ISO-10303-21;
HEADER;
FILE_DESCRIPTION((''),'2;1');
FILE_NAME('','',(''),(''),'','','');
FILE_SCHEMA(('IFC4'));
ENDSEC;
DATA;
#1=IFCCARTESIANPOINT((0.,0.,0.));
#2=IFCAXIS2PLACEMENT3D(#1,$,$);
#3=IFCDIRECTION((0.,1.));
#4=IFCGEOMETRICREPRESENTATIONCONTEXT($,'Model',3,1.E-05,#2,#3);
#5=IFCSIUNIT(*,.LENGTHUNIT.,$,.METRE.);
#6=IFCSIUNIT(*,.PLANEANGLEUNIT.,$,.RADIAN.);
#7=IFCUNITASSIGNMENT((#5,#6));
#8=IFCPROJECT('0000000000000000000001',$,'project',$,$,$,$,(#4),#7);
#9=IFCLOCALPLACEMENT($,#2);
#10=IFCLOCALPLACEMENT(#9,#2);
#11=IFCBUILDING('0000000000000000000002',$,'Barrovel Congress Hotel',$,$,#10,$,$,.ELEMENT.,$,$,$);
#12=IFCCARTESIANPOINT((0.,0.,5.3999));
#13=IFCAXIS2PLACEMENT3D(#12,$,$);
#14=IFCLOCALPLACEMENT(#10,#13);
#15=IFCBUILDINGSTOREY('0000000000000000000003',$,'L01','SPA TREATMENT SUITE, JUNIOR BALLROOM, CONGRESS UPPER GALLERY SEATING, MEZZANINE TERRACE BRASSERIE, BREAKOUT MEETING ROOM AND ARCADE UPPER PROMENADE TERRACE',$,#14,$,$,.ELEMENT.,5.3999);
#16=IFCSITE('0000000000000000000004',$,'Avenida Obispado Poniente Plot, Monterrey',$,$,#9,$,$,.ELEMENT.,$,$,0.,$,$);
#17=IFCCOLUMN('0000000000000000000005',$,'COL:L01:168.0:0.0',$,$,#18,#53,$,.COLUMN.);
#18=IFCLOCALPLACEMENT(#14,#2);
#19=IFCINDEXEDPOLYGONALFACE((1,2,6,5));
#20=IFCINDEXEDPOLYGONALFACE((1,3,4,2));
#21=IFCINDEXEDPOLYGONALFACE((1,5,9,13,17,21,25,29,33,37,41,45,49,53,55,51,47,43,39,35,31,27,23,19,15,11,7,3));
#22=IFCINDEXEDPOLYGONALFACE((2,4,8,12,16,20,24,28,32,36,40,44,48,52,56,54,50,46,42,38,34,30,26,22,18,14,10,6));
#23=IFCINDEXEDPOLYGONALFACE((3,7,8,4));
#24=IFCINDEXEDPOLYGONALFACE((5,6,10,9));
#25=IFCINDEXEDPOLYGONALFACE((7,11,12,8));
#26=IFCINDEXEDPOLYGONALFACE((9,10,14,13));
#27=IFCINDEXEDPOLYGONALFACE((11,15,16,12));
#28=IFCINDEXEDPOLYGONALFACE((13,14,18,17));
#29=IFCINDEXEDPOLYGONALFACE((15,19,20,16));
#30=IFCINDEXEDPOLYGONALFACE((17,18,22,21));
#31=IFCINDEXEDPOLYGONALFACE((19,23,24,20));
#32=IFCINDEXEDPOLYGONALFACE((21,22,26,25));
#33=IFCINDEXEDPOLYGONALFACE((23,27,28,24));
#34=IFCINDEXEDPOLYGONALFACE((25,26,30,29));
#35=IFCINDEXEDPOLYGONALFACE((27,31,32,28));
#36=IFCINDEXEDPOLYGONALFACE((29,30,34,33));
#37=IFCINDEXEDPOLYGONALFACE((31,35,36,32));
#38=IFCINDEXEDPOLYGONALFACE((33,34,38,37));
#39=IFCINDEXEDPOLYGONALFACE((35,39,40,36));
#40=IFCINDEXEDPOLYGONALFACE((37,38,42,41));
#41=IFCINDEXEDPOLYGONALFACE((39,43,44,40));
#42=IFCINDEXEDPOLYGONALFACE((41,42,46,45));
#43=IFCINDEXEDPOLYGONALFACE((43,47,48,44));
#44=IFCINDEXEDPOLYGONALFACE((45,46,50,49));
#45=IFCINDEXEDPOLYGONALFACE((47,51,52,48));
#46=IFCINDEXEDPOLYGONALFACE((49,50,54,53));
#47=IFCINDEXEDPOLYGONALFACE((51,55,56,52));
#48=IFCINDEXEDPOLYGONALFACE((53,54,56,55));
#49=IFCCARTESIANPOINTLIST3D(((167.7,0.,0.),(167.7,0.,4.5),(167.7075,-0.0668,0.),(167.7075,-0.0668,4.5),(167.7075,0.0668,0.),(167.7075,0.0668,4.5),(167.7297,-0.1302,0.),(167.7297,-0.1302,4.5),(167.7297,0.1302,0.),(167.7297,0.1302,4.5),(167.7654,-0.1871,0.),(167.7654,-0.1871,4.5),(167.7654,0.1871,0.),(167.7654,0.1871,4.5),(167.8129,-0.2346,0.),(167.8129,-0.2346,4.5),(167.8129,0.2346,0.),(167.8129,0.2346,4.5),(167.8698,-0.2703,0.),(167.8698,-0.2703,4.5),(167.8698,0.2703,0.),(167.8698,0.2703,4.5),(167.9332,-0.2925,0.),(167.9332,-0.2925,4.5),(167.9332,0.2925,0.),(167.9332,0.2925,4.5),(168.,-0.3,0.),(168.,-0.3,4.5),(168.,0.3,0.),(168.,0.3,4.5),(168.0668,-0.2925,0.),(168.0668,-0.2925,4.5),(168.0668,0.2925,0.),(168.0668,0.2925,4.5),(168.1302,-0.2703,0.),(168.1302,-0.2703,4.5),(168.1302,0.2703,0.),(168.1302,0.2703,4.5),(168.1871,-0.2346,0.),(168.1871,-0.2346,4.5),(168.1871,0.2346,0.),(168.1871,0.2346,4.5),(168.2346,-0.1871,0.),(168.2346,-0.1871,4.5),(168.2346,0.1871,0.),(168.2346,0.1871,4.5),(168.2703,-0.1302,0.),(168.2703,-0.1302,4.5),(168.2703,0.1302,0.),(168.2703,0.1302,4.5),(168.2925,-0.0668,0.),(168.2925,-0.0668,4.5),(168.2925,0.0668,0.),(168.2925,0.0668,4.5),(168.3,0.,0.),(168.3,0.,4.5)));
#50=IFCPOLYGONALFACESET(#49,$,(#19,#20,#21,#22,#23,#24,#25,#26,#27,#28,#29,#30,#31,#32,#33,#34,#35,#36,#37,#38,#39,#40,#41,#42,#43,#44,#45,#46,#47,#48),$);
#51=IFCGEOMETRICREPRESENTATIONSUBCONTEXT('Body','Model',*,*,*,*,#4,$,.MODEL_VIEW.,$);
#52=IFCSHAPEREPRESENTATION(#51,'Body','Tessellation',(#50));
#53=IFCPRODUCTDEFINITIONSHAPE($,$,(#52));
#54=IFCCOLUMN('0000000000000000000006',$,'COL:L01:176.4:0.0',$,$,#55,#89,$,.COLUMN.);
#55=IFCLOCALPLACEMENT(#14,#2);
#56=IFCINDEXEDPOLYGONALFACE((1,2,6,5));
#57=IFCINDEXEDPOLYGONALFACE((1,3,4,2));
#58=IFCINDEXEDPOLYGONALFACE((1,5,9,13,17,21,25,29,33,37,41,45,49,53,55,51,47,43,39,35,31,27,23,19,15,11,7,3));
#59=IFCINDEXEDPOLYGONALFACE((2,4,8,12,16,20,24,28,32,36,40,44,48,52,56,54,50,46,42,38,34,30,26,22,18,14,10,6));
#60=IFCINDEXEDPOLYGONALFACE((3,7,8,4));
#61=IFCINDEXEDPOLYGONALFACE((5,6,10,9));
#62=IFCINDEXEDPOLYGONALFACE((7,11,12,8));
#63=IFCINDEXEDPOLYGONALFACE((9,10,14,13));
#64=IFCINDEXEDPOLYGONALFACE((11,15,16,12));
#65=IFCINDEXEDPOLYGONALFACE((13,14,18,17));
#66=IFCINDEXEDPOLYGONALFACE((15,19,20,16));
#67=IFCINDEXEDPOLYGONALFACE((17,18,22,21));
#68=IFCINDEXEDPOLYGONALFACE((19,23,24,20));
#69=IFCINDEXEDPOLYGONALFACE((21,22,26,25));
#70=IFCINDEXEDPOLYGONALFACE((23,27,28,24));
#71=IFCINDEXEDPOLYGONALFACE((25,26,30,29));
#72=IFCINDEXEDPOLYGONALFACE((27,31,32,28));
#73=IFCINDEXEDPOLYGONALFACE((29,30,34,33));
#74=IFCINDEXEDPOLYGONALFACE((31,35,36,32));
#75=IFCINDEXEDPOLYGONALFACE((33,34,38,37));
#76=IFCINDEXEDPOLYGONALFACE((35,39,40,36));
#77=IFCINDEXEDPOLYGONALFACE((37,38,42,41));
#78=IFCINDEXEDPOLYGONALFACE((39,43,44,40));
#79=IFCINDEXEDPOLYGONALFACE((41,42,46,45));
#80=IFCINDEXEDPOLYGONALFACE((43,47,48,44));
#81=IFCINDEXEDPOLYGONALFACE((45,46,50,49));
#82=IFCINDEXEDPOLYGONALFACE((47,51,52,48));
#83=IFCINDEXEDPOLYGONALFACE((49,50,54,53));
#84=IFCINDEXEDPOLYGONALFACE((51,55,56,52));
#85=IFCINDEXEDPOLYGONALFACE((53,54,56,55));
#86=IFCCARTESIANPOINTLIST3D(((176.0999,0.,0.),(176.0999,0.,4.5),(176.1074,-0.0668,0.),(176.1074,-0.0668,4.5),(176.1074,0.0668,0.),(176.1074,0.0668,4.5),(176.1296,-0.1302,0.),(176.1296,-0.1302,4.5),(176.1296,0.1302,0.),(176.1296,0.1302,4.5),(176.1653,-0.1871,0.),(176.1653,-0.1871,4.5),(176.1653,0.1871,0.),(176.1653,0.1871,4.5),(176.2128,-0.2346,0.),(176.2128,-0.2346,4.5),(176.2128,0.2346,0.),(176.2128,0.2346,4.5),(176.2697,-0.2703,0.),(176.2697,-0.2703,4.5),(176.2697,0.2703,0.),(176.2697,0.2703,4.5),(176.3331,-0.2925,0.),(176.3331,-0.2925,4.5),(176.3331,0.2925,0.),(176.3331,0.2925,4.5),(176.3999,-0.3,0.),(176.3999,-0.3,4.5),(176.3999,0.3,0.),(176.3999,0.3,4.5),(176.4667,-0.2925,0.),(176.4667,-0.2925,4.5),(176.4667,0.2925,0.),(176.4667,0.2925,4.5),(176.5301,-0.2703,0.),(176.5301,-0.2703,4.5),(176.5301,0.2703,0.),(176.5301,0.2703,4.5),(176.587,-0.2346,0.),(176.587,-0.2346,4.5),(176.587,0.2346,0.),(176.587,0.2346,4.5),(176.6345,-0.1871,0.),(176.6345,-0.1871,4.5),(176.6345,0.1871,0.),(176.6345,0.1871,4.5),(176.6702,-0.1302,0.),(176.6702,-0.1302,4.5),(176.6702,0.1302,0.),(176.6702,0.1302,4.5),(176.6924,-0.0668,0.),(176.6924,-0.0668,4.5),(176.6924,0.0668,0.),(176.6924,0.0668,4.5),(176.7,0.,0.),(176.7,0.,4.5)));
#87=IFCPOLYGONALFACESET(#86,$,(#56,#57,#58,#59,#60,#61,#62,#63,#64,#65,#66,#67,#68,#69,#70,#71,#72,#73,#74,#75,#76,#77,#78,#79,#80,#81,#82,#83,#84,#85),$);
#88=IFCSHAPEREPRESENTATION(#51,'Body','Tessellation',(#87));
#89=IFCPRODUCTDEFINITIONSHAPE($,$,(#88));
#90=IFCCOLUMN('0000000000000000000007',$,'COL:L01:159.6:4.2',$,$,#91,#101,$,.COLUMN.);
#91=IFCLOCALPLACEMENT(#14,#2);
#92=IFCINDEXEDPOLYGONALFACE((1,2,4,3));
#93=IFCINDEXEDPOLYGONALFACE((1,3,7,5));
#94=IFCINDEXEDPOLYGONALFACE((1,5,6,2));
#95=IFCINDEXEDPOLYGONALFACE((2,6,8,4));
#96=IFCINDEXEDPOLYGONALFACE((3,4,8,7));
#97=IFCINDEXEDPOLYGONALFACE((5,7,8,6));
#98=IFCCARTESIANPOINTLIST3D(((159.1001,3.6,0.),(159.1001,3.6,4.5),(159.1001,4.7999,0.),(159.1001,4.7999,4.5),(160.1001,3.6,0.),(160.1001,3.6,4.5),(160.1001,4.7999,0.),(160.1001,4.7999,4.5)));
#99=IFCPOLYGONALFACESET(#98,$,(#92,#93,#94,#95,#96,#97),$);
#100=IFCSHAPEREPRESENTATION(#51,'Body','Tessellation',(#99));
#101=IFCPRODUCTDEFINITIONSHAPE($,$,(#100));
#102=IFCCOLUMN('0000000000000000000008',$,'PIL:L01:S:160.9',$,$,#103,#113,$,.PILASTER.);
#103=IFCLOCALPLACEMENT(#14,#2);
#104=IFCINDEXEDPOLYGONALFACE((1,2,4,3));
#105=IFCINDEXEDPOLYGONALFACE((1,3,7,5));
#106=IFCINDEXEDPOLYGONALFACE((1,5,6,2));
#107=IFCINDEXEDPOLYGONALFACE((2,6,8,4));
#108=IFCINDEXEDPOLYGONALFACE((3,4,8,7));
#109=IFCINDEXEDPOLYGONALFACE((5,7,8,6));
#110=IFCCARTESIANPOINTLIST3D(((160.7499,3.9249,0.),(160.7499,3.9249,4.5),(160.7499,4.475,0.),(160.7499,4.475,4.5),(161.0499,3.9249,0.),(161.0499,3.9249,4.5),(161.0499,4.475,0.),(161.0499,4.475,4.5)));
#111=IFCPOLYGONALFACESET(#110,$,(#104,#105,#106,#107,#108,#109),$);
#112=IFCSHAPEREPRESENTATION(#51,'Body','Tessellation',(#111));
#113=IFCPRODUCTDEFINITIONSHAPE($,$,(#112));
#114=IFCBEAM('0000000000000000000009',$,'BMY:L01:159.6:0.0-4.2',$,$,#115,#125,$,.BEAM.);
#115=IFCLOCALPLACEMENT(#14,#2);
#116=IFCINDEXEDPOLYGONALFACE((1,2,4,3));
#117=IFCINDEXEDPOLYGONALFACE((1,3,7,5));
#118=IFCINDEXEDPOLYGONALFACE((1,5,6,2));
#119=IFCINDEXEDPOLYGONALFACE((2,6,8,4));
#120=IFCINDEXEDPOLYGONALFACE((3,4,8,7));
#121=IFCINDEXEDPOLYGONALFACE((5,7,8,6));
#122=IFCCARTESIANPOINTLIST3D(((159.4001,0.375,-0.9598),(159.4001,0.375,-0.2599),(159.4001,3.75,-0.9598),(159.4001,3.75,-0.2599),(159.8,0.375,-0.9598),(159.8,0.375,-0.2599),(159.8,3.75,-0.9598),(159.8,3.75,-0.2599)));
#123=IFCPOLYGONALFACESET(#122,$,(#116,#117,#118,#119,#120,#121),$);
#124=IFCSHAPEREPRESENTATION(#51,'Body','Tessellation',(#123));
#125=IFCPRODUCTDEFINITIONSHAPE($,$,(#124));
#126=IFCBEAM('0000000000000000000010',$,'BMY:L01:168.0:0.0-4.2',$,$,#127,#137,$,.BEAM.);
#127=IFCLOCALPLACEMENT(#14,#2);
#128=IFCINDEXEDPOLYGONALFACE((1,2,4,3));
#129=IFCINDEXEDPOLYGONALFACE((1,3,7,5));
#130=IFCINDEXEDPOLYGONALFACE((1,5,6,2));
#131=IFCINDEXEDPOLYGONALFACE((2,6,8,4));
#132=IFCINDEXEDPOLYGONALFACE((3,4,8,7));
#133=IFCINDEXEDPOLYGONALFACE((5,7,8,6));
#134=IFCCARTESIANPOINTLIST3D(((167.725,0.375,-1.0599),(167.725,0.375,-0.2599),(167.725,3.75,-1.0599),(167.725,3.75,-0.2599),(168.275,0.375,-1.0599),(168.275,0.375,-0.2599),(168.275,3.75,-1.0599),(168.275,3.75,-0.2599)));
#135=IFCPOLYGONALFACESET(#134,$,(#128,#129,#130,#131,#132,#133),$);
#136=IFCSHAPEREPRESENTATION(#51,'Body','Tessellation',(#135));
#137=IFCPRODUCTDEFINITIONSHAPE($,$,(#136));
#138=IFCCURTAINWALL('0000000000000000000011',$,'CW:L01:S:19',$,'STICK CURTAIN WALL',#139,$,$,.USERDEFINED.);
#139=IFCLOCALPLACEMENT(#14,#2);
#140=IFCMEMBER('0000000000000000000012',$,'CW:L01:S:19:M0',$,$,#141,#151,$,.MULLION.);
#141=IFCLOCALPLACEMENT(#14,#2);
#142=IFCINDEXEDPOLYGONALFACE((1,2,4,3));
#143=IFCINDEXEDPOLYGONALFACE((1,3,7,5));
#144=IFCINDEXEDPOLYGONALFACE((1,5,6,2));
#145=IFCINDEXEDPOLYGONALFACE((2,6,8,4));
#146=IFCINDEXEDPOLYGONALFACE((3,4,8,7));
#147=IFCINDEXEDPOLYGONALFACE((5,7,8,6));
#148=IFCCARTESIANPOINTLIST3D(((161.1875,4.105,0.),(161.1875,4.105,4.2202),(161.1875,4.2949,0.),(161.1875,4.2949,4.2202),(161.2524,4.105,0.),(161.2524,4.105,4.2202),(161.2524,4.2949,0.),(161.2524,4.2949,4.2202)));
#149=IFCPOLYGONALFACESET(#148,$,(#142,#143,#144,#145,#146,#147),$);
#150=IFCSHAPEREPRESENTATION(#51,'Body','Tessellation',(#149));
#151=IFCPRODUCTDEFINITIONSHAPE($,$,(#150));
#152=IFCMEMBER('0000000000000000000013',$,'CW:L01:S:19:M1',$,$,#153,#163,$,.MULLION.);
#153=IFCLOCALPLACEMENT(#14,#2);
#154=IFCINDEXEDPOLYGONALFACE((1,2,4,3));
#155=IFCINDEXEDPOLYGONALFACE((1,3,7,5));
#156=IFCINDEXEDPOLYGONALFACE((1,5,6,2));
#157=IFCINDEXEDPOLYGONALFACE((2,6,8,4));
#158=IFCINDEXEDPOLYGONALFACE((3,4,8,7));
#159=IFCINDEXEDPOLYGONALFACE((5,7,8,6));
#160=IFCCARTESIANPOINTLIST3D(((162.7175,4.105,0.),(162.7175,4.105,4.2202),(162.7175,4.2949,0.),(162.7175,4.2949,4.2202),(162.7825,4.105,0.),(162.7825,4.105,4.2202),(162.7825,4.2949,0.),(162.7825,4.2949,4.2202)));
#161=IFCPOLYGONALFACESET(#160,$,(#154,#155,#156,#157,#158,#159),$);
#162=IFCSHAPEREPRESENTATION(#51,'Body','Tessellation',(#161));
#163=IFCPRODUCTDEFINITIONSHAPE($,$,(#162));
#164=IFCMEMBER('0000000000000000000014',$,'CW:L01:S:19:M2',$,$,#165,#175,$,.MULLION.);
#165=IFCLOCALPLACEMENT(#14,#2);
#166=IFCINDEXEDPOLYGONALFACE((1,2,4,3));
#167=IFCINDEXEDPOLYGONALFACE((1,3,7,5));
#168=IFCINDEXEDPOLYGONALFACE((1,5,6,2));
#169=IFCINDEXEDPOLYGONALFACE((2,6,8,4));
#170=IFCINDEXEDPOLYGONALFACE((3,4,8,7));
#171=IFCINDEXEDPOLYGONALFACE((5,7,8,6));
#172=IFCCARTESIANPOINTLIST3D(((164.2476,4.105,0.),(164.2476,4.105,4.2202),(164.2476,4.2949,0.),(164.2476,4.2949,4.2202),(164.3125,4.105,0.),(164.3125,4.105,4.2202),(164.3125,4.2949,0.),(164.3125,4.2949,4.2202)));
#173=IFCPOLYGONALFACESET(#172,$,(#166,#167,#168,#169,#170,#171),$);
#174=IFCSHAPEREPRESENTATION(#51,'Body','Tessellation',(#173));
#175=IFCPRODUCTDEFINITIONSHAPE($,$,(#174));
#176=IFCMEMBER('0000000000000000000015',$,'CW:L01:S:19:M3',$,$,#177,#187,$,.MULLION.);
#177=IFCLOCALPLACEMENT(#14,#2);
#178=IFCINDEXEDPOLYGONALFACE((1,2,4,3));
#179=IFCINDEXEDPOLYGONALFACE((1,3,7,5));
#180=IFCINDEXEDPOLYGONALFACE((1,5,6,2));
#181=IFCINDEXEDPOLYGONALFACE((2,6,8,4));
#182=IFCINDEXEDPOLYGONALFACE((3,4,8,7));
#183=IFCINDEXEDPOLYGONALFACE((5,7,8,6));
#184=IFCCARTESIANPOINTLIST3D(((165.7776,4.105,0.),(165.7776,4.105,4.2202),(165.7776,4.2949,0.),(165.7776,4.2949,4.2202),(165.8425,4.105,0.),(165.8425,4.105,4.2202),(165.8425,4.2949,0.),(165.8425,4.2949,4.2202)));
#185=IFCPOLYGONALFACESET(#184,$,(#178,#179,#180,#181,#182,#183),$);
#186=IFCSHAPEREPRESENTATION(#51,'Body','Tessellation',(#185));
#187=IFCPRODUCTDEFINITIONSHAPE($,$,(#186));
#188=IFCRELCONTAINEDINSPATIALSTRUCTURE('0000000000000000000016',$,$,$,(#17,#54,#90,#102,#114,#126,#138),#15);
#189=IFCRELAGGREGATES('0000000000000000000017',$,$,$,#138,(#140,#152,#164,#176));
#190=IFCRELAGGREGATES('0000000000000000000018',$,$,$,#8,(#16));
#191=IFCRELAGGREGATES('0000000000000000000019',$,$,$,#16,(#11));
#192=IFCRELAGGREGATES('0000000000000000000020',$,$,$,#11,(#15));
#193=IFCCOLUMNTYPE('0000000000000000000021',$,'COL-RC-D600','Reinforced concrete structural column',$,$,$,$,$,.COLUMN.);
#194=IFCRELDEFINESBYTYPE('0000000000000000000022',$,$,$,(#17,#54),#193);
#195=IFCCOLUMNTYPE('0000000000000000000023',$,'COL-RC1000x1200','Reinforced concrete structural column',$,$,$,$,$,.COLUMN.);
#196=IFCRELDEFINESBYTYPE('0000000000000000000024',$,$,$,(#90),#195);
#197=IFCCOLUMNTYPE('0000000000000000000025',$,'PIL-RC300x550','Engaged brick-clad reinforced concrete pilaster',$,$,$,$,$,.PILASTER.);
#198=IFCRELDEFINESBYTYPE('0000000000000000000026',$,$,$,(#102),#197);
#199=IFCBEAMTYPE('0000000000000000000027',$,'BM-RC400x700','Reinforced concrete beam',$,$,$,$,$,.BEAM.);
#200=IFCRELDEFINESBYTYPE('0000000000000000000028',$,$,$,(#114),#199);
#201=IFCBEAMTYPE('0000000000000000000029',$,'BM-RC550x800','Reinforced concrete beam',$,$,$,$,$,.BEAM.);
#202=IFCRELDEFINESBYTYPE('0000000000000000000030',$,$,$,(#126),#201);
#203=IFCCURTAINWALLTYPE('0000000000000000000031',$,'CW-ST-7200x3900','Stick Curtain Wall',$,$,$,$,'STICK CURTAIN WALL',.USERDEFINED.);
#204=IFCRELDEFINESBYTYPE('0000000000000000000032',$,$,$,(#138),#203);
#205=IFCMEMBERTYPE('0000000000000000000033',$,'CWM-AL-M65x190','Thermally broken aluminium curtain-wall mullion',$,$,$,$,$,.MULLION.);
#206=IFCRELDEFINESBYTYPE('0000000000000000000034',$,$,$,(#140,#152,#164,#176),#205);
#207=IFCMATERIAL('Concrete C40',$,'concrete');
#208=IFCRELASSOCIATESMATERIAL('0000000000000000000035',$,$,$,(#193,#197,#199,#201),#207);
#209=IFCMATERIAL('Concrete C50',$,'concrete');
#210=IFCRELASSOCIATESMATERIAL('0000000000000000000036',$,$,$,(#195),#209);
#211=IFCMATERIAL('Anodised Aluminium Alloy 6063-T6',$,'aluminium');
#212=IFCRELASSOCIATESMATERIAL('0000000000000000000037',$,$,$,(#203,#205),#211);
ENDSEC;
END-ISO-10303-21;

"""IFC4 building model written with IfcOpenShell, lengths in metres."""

from ifc_helpers import new_model, si_unit, direction, frame, origin, origin_2d, place, context, subcontext, project, spatial, rectangle, circle, extrude, material, material_profile, profile_set, type_object, element, aggregate, save


model = new_model("IFC4")

# Units and contexts
model_context = context("Model", 3, precision=1e-05, world=origin(), true_north=direction((0.0, 1.0)))
body_context = subcontext(model_context, "Body", "Model", "MODEL_VIEW")
ifc_project = project(units=[si_unit("LENGTHUNIT", "METRE"), si_unit("PLANEANGLEUNIT", "RADIAN")], contexts=[model_context])

# Site, building, storey
site_placement = place(None, origin())
site = spatial("IfcSite", under=ifc_project, at=site_placement, Name="Avenida Obispado Poniente Plot, Monterrey", CompositionType="ELEMENT", RefElevation=0.0)
building_placement = place(site_placement, origin())
building = spatial("IfcBuilding", under=site, at=building_placement, Name="Barrovel Congress Hotel", CompositionType="ELEMENT")
storey_placement = place(building_placement, frame((0.0, 0.0, 5.3999)))
storey = spatial("IfcBuildingStorey", under=building, at=storey_placement, Name="L01", Description="SPA TREATMENT SUITE, JUNIOR BALLROOM, CONGRESS UPPER GALLERY SEATING, MEZZANINE TERRACE BRASSERIE, BREAKOUT MEETING ROOM AND ARCADE UPPER PROMENADE TERRACE", CompositionType="ELEMENT", Elevation=5.3999)

# Columns
ifc_material_1 = material(Name="Concrete C40", Category="concrete")
ifc_material_profile_1 = material_profile(ifc_material_1, circle(Radius=0.3, at=origin_2d()), Name="RC-D600")
ifc_profile_set_1 = profile_set([ifc_material_profile_1], Name="Concrete C40")
column_type_1 = type_object("IfcColumnType", Name="COL-RC-D600", Description="Reinforced concrete structural column", PredefinedType="COLUMN", material=ifc_profile_set_1)
for number, where, z_axis, x_axis, name in (
    (1, (168.0, 0.0, 0.0), (0.0, 0.0, 1.0), (1.0, 0.0, 0.0), "COL:L01:168.0:0.0"),
    (2, (176.3999, 0.0, 0.0), (0.0, 0.0, 1.0), (1.0, 0.0, 0.0), "COL:L01:176.4:0.0"),
):
    element("IfcColumn", number, at=place(storey_placement, frame(where, z_axis=z_axis, x_axis=x_axis)), inside=storey, type_object=column_type_1, Name=name, PredefinedType="COLUMN", context=body_context, shape_type="SweptSolid", body=[
        extrude(circle(Radius=0.3, at=origin_2d()), origin(), (0.0, 0.0, 1.0), 4.5),
    ])
ifc_material_2 = material(Name="Concrete C50", Category="concrete")
ifc_material_profile_2 = material_profile(ifc_material_2, rectangle(XDim=1.0, YDim=1.2, at=origin_2d()), Name="RC1000x1200")
ifc_profile_set_2 = profile_set([ifc_material_profile_2], Name="Concrete C50")
column_type_2 = type_object("IfcColumnType", Name="COL-RC1000x1200", Description="Reinforced concrete structural column", PredefinedType="COLUMN", material=ifc_profile_set_2)
column_1_placement = place(storey_placement, frame((159.6001, 4.2, 0.0), z_axis=(0.0, 0.0, 1.0), x_axis=(1.0, 0.0, 0.0)))
element("IfcColumn", 3, at=column_1_placement, inside=storey, type_object=column_type_2, Name="COL:L01:159.6:4.2", PredefinedType="COLUMN", context=body_context, shape_type="SweptSolid", body=[
    extrude(rectangle(XDim=1.0, YDim=1.2, at=origin_2d()), origin(), (0.0, 0.0, 1.0), 4.5),
])
ifc_material_profile_3 = material_profile(ifc_material_1, rectangle(XDim=0.3, YDim=0.55, at=origin_2d()), Name="RC300x550")
ifc_profile_set_3 = profile_set([ifc_material_profile_3], Name="Concrete C40")
column_type_3 = type_object("IfcColumnType", Name="PIL-RC300x550", Description="Engaged brick-clad reinforced concrete pilaster", PredefinedType="PILASTER", material=ifc_profile_set_3)
column_2_placement = place(storey_placement, frame((160.8999, 4.2, 0.0), z_axis=(0.0, 0.0, 1.0), x_axis=(1.0, 0.0, 0.0)))
element("IfcColumn", 4, at=column_2_placement, inside=storey, type_object=column_type_3, Name="PIL:L01:S:160.9", PredefinedType="PILASTER", context=body_context, shape_type="SweptSolid", body=[
    extrude(rectangle(XDim=0.3, YDim=0.55, at=origin_2d()), origin(), (0.0, 0.0, 1.0), 4.5),
])

# Beams
ifc_material_profile_4 = material_profile(ifc_material_1, rectangle(XDim=0.3999, YDim=0.7, at=origin_2d()), Name="RC400x700")
ifc_profile_set_4 = profile_set([ifc_material_profile_4], Name="Concrete C40")
beam_type_1 = type_object("IfcBeamType", Name="BM-RC400x700", Description="Reinforced concrete beam", PredefinedType="BEAM", material=ifc_profile_set_4)
beam_1_placement = place(storey_placement, frame((159.6001, 0.375, -0.6099), z_axis=(0.0, 1.0, 0.0), x_axis=(-1.0, 0.0, 0.0)))
element("IfcBeam", 5, at=beam_1_placement, inside=storey, type_object=beam_type_1, Name="BMY:L01:159.6:0.0-4.2", PredefinedType="BEAM", context=body_context, shape_type="SweptSolid", body=[
    extrude(rectangle(XDim=0.3999, YDim=0.7, at=origin_2d()), origin(), (0.0, 0.0, 1.0), 3.375),
])
ifc_material_profile_5 = material_profile(ifc_material_1, rectangle(XDim=0.55, YDim=0.8, at=origin_2d()), Name="RC550x800")
ifc_profile_set_5 = profile_set([ifc_material_profile_5], Name="Concrete C40")
beam_type_2 = type_object("IfcBeamType", Name="BM-RC550x800", Description="Reinforced concrete beam", PredefinedType="BEAM", material=ifc_profile_set_5)
beam_2_placement = place(storey_placement, frame((168.0, 0.375, -0.6599), z_axis=(0.0, 1.0, 0.0), x_axis=(-1.0, 0.0, 0.0)))
element("IfcBeam", 6, at=beam_2_placement, inside=storey, type_object=beam_type_2, Name="BMY:L01:168.0:0.0-4.2", PredefinedType="BEAM", context=body_context, shape_type="SweptSolid", body=[
    extrude(rectangle(XDim=0.55, YDim=0.8, at=origin_2d()), origin(), (0.0, 0.0, 1.0), 3.375),
])

# Curtain wall, members
ifc_material_3 = material(Name="Anodised Aluminium Alloy 6063-T6", Category="aluminium")
curtain_wall_type = type_object("IfcCurtainWallType", Name="CW-ST-7200x3900", Description="Stick Curtain Wall", ElementType="STICK CURTAIN WALL", PredefinedType="USERDEFINED", material=ifc_material_3)
curtain_wall_placement = place(storey_placement, origin())
curtain_wall = element("IfcCurtainWall", 7, at=curtain_wall_placement, inside=storey, type_object=curtain_wall_type, Name="CW:L01:S:19", ObjectType="STICK CURTAIN WALL", PredefinedType="USERDEFINED")
ifc_material_profile_6 = material_profile(ifc_material_3, rectangle(XDim=0.0649, YDim=0.1899, at=origin_2d()), Name="AL-M65x190")
ifc_profile_set_6 = profile_set([ifc_material_profile_6], Name="Anodised Aluminium Alloy 6063-T6")
member_type_1 = type_object("IfcMemberType", Name="CWM-AL-M65x190", Description="Thermally broken aluminium curtain-wall mullion", PredefinedType="MULLION", material=ifc_profile_set_6)
member_1_placement = place(storey_placement, frame((161.22, 4.2, 0.0), z_axis=(0.0, 0.0, 1.0), x_axis=(1.0, 0.0, 0.0)))
member_1 = element("IfcMember", 8, at=member_1_placement, type_object=member_type_1, Name="CW:L01:S:19:M0", PredefinedType="MULLION", context=body_context, shape_type="SweptSolid", body=[
    extrude(rectangle(XDim=0.0649, YDim=0.1899, at=origin_2d()), origin(), (0.0, 0.0, 1.0), 4.2202),
])
member_2_placement = place(storey_placement, frame((162.75, 4.2, 0.0), z_axis=(0.0, 0.0, 1.0), x_axis=(1.0, 0.0, 0.0)))
member_2 = element("IfcMember", 9, at=member_2_placement, type_object=member_type_1, Name="CW:L01:S:19:M1", PredefinedType="MULLION", context=body_context, shape_type="SweptSolid", body=[
    extrude(rectangle(XDim=0.0649, YDim=0.1899, at=origin_2d()), origin(), (0.0, 0.0, 1.0), 4.2202),
])
member_3_placement = place(storey_placement, frame((164.28, 4.2, 0.0), z_axis=(0.0, 0.0, 1.0), x_axis=(1.0, 0.0, 0.0)))
member_3 = element("IfcMember", 10, at=member_3_placement, type_object=member_type_1, Name="CW:L01:S:19:M2", PredefinedType="MULLION", context=body_context, shape_type="SweptSolid", body=[
    extrude(rectangle(XDim=0.0649, YDim=0.1899, at=origin_2d()), origin(), (0.0, 0.0, 1.0), 4.2202),
])
member_4_placement = place(storey_placement, frame((165.8101, 4.2, 0.0), z_axis=(0.0, 0.0, 1.0), x_axis=(1.0, 0.0, 0.0)))
member_4 = element("IfcMember", 11, at=member_4_placement, type_object=member_type_1, Name="CW:L01:S:19:M3", PredefinedType="MULLION", context=body_context, shape_type="SweptSolid", body=[
    extrude(rectangle(XDim=0.0649, YDim=0.1899, at=origin_2d()), origin(), (0.0, 0.0, 1.0), 4.2202),
])

aggregate(curtain_wall, [member_1, member_2, member_3, member_4])

save(model, "model.ifc")
